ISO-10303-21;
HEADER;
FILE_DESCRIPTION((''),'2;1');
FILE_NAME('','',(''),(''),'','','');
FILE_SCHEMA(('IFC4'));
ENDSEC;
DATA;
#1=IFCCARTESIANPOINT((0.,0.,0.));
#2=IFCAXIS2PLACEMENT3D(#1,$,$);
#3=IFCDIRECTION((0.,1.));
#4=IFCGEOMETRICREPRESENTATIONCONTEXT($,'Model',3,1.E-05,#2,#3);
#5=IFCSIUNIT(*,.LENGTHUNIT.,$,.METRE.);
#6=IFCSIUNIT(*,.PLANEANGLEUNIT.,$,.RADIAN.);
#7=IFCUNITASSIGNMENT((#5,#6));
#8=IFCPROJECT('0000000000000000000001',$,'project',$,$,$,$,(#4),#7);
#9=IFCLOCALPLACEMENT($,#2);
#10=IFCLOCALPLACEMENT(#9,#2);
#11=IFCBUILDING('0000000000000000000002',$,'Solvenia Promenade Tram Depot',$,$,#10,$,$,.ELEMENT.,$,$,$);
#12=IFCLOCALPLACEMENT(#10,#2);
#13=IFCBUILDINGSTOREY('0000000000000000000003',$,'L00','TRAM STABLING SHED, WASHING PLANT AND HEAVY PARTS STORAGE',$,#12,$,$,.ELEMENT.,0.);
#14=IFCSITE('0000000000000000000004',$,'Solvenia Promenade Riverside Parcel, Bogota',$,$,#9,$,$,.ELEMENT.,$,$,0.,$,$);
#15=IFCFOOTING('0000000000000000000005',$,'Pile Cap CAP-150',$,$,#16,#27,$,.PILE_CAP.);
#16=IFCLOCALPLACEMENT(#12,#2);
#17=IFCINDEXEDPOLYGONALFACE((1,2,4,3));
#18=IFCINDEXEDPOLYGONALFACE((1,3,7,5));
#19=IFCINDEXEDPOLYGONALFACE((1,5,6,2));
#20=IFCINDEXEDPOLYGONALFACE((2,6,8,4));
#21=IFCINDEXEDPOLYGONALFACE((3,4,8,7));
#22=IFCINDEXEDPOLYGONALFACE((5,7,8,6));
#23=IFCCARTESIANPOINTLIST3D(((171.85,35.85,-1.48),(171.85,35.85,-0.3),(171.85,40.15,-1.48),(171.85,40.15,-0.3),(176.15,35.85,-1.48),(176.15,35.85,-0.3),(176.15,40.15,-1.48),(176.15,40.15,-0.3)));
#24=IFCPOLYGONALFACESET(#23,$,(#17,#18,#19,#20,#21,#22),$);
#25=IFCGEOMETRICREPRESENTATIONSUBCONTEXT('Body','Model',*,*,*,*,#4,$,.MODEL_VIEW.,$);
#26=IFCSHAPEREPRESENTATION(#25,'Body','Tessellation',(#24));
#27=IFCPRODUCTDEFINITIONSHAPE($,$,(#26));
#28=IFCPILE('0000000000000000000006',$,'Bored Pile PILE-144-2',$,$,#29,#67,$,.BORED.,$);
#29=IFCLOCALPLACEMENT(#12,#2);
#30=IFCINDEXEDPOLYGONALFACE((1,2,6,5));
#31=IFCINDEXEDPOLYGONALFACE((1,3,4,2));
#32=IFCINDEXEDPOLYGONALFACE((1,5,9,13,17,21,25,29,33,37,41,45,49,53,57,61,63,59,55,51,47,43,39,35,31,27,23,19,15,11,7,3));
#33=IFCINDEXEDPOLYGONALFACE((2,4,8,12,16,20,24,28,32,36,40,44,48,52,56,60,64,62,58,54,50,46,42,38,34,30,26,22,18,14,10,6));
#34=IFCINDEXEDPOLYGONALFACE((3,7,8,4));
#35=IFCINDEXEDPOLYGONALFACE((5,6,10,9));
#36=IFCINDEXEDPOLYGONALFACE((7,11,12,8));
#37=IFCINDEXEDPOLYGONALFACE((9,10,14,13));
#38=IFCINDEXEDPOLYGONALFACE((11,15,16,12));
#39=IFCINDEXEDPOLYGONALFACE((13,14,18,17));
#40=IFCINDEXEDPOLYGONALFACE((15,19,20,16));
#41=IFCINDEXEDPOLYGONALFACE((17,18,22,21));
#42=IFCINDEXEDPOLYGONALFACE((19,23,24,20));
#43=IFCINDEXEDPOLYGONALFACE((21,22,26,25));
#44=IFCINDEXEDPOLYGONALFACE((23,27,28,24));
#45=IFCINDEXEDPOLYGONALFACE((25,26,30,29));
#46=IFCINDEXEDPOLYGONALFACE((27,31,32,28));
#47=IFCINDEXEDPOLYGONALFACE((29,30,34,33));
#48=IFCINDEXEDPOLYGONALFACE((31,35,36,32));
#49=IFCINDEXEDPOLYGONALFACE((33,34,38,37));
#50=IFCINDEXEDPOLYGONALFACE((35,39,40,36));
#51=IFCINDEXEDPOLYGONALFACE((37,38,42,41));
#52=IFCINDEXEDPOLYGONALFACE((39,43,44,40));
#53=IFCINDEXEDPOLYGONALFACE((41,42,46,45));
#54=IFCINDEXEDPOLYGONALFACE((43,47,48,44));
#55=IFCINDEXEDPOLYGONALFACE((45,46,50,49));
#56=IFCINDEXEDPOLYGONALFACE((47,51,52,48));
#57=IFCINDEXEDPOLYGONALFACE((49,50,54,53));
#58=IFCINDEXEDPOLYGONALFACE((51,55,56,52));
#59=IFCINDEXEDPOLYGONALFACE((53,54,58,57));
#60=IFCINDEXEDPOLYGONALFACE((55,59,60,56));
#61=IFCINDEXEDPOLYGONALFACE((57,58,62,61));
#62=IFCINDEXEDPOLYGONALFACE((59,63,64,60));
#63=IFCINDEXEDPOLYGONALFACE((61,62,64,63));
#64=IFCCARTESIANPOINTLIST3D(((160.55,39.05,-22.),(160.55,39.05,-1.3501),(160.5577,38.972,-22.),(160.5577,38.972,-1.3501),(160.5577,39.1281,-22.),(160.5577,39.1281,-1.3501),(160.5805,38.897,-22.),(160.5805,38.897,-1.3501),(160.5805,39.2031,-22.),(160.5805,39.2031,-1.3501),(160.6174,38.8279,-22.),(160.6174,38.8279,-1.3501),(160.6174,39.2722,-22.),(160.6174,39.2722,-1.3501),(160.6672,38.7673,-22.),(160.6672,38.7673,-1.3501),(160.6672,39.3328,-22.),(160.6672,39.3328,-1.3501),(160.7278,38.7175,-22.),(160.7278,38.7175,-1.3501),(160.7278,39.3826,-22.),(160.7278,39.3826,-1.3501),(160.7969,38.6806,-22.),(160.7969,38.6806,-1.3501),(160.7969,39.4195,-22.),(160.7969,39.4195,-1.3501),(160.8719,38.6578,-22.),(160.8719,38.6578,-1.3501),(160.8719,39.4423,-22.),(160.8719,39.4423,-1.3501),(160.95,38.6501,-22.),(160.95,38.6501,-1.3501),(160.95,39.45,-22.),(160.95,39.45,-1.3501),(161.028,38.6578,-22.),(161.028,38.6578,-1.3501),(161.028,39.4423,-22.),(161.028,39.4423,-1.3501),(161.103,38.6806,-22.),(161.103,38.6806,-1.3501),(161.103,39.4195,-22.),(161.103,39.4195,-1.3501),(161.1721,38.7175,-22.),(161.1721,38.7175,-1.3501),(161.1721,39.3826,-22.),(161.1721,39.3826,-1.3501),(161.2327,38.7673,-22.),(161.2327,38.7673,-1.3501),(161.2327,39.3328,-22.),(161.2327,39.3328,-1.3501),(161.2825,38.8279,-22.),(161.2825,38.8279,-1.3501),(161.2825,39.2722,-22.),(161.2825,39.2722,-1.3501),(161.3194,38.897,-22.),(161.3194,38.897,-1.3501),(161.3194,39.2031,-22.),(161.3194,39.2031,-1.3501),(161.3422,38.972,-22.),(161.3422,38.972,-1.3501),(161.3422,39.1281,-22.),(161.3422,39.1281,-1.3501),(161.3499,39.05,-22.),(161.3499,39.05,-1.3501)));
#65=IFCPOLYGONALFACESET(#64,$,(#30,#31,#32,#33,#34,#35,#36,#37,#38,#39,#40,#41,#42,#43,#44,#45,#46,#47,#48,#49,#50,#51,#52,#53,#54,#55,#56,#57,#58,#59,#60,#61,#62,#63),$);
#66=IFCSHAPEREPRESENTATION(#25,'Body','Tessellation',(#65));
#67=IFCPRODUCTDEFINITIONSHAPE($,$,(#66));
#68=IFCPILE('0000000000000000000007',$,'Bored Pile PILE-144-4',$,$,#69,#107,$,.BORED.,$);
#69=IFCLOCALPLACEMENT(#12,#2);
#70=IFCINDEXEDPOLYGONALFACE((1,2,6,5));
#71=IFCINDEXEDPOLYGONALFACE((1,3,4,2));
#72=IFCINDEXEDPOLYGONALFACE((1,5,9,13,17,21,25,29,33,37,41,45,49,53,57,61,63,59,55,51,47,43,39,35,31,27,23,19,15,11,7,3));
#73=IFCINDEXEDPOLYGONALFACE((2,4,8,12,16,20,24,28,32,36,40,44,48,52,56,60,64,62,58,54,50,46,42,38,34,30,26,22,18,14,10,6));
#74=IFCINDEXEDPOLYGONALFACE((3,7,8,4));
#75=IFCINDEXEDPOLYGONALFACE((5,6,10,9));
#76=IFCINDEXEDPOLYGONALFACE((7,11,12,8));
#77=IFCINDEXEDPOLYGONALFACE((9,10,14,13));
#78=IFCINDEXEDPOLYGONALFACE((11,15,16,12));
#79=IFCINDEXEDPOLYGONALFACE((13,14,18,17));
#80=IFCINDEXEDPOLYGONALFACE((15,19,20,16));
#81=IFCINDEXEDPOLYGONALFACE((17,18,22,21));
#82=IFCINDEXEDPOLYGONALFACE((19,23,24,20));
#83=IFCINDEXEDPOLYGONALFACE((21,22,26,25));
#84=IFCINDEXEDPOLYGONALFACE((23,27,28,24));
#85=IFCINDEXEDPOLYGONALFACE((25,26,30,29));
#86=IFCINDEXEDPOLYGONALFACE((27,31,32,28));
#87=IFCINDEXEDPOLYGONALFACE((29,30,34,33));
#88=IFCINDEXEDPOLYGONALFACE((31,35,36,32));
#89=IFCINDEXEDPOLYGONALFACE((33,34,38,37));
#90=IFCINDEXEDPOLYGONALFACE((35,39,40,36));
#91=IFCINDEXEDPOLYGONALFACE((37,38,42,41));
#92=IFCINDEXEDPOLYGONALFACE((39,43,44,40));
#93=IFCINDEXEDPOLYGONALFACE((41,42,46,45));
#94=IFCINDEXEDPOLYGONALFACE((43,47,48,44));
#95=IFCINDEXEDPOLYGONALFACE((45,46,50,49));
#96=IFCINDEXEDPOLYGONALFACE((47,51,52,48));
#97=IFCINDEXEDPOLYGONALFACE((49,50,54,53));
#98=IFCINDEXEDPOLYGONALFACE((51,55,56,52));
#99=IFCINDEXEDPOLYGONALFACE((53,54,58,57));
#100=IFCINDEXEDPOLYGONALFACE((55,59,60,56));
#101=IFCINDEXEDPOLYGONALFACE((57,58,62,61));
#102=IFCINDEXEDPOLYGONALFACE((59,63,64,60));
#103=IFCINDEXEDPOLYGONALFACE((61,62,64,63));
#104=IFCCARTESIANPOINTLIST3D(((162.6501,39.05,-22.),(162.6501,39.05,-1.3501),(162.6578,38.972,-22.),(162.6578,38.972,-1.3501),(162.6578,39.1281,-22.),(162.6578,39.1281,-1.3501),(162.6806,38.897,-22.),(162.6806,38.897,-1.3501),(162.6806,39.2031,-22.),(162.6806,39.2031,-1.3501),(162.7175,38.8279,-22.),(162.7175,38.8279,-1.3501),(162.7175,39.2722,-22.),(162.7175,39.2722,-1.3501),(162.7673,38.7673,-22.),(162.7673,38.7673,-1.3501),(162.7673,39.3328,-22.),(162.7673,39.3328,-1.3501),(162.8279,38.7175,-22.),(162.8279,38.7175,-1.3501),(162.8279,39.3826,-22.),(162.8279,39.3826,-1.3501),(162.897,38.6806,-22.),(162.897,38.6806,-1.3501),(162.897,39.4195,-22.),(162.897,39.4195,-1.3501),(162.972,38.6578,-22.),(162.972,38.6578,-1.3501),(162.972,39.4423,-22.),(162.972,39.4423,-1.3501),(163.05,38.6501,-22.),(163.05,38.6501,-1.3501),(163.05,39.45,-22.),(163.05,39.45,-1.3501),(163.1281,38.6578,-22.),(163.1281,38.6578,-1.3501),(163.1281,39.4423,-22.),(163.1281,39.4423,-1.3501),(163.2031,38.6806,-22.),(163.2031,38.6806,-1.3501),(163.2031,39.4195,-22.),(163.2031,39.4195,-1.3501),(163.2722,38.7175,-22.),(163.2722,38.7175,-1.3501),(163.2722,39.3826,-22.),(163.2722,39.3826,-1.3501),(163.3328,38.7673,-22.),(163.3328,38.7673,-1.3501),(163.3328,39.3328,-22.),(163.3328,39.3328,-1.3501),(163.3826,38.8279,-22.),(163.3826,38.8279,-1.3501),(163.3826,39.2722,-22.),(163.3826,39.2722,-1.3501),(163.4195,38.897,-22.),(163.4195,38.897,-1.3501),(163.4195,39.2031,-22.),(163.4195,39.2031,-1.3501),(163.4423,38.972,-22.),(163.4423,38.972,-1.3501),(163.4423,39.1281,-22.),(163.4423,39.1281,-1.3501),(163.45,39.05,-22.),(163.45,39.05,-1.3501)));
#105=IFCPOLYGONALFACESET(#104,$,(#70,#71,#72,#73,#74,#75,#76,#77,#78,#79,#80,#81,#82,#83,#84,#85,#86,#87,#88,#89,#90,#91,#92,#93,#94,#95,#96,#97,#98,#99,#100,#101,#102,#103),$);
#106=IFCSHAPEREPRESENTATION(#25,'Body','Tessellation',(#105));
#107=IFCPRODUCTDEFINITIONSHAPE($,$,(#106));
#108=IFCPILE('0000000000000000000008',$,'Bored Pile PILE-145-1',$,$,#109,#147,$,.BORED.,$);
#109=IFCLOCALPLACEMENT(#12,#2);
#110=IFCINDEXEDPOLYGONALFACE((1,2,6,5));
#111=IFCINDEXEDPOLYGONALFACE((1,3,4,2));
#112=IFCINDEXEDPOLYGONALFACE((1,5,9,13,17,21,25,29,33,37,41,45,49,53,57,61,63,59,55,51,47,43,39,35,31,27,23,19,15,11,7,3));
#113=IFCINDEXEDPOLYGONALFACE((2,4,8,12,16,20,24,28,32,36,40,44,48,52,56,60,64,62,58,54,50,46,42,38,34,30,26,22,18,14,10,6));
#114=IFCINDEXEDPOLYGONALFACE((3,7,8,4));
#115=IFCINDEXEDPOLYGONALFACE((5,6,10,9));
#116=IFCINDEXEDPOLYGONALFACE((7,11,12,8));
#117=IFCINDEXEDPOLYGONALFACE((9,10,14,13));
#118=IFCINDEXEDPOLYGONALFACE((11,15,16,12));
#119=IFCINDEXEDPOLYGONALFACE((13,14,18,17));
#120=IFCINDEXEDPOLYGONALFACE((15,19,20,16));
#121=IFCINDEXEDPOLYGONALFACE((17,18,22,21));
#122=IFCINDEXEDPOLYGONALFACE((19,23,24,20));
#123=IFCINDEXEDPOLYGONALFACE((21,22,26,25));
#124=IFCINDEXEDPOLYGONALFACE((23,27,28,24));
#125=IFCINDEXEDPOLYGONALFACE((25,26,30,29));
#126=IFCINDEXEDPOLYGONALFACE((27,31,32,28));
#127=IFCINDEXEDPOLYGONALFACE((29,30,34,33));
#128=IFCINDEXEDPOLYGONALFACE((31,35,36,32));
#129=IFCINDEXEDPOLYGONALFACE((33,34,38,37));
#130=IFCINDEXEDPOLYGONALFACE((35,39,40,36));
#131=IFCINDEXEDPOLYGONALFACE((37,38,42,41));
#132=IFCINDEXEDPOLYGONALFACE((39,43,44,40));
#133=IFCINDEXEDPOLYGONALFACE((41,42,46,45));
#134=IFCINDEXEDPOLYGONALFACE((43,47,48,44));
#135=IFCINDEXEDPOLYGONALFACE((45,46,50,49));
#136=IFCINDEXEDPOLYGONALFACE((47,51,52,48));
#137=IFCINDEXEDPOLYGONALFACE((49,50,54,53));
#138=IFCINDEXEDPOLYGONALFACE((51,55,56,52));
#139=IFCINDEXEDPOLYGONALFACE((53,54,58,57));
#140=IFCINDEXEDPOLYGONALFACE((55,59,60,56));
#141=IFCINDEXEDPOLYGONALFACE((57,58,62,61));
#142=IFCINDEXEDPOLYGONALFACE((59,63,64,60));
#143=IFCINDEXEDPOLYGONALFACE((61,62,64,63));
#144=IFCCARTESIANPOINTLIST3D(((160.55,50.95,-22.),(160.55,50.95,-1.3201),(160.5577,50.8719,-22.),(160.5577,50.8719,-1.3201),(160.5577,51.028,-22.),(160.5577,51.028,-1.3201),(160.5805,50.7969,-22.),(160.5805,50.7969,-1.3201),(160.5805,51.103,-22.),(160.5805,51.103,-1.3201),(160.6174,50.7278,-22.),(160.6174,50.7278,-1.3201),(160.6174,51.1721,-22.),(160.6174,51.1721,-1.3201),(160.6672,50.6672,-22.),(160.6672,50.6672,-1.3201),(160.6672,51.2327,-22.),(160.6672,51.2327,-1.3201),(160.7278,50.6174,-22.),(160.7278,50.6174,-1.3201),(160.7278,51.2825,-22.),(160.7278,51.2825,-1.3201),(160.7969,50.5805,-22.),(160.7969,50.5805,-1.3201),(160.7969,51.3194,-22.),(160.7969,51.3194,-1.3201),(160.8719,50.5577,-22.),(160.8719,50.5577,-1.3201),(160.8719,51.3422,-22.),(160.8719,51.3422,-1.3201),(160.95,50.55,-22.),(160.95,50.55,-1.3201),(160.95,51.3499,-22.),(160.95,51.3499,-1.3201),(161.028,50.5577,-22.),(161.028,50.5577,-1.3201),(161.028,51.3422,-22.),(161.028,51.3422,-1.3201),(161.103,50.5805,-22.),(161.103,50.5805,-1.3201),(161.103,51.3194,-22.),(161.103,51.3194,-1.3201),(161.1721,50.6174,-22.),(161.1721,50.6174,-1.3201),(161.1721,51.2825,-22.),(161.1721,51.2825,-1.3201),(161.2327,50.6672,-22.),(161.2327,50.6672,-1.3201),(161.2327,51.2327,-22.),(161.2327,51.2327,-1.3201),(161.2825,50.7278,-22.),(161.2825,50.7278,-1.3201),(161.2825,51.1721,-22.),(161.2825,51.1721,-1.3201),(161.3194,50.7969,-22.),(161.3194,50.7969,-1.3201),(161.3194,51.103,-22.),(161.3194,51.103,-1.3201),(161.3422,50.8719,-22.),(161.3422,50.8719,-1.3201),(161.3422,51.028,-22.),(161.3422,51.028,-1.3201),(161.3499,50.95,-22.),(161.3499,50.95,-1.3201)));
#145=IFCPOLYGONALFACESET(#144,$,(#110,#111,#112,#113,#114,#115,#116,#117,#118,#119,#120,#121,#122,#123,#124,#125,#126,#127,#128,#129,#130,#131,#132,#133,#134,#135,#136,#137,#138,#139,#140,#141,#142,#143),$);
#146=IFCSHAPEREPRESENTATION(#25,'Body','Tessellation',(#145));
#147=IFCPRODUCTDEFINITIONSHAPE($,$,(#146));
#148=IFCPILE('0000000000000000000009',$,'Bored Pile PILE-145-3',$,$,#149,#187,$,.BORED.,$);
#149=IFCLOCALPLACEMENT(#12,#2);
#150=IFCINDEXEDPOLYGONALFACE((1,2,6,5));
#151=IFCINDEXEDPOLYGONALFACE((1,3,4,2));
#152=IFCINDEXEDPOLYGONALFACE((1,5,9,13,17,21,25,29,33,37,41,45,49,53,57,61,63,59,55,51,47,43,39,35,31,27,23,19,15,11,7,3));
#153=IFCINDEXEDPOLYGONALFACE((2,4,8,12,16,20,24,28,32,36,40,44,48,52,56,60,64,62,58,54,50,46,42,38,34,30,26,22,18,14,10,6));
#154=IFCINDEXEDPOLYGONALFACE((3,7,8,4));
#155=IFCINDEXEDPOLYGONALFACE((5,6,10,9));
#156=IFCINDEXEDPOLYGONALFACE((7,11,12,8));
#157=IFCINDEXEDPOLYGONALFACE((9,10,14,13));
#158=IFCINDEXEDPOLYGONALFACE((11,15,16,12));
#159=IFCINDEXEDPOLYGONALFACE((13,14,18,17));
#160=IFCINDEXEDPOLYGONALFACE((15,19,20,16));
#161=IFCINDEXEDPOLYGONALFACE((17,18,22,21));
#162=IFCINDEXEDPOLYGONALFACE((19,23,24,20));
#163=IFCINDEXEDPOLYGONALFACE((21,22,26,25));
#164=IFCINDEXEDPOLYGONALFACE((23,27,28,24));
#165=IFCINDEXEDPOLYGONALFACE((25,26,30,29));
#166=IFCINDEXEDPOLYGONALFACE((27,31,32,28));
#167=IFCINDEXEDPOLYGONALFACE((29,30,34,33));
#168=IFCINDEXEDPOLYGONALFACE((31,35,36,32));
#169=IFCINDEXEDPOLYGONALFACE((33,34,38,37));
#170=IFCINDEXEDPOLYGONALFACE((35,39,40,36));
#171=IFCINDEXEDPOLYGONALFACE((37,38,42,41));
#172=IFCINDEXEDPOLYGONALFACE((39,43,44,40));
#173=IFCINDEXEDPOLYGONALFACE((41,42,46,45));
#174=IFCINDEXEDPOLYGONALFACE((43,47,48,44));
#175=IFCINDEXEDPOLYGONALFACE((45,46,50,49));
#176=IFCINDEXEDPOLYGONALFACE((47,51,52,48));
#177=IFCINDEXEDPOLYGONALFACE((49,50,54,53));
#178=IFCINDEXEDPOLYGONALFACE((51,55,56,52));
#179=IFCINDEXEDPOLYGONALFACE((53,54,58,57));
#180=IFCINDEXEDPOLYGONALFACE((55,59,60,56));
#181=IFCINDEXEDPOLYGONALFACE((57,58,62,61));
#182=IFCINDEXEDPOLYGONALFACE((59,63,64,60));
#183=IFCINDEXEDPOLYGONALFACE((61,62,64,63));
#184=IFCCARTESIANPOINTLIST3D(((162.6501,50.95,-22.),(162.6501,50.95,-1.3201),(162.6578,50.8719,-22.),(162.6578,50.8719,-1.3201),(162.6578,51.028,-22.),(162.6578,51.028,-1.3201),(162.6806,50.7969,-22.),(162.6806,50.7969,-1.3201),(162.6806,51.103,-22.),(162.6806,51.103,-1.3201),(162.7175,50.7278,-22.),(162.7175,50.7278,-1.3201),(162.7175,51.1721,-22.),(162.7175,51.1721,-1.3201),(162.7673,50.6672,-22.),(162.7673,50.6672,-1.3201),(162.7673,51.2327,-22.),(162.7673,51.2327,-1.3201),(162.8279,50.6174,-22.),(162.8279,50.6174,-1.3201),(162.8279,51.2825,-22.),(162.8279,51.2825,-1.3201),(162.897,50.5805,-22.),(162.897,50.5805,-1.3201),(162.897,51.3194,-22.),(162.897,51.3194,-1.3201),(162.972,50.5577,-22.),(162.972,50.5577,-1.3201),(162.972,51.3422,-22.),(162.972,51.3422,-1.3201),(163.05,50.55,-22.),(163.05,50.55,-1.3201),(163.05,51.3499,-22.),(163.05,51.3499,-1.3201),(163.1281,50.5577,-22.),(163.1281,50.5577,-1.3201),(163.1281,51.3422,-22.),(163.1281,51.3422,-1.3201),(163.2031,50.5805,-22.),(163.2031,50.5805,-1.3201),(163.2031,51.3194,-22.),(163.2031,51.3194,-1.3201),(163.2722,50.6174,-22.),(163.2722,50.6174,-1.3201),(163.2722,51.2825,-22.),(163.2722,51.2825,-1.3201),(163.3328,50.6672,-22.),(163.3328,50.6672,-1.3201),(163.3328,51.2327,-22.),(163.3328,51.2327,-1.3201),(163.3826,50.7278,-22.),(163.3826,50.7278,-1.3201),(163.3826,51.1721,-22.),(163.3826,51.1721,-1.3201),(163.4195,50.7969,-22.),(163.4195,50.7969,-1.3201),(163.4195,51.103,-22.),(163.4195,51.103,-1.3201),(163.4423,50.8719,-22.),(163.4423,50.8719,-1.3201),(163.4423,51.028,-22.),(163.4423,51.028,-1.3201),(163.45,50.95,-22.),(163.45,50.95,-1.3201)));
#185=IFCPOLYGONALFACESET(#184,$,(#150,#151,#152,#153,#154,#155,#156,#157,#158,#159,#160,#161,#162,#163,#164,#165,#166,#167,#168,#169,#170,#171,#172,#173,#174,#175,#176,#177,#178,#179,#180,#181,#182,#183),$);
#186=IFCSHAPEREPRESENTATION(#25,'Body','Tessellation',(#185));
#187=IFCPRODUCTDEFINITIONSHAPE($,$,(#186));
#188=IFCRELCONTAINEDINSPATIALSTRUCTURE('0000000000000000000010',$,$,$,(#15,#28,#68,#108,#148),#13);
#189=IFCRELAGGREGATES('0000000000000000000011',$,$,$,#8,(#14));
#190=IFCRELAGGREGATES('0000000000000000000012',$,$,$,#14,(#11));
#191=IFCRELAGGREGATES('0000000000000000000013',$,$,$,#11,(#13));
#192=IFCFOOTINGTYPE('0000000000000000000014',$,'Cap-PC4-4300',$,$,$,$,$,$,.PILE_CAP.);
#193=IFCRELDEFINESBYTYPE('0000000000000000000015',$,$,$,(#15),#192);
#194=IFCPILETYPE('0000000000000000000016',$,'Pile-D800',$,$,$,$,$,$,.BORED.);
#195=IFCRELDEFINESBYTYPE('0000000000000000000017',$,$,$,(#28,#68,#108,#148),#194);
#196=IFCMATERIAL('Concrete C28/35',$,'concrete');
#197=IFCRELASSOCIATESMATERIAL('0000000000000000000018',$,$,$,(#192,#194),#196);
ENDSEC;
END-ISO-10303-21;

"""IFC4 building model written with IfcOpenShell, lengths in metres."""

from ifc_helpers import new_model, si_unit, direction, frame, origin, origin_2d, place, context, subcontext, project, spatial, rectangle, circle, extrude, material, material_profile, profile_set, type_object, element, save


model = new_model("IFC4")

# Units and contexts
model_context = context("Model", 3, precision=1e-05, world=origin(), true_north=direction((0.0, 1.0)))
body_context = subcontext(model_context, "Body", "Model", "MODEL_VIEW")
ifc_project = project(units=[si_unit("LENGTHUNIT", "METRE"), si_unit("PLANEANGLEUNIT", "RADIAN")], contexts=[model_context])

# Site, building, storey
site_placement = place(None, origin())
site = spatial("IfcSite", under=ifc_project, at=site_placement, Name="Solvenia Promenade Riverside Parcel, Bogota", CompositionType="ELEMENT", RefElevation=0.0)
building_placement = place(site_placement, origin())
building = spatial("IfcBuilding", under=site, at=building_placement, Name="Solvenia Promenade Tram Depot", CompositionType="ELEMENT")
storey_placement = place(building_placement, origin())
storey = spatial("IfcBuildingStorey", under=building, at=storey_placement, Name="L00", Description="TRAM STABLING SHED, WASHING PLANT AND HEAVY PARTS STORAGE", CompositionType="ELEMENT", Elevation=0.0)

# Footing
ifc_material_1 = material(Name="Concrete C28/35", Category="concrete")
footing_type_1 = type_object("IfcFootingType", Name="Cap-PC4-4300", PredefinedType="PILE_CAP", material=ifc_material_1)
footing_1_placement = place(storey_placement, frame((174.0, 38.0, -1.48), z_axis=(0.0, 0.0, 1.0), x_axis=(1.0, 0.0, 0.0)))
element("IfcFooting", 1, at=footing_1_placement, inside=storey, type_object=footing_type_1, Name="Pile Cap CAP-150", PredefinedType="PILE_CAP", context=body_context, shape_type="SweptSolid", body=[
    extrude(rectangle(XDim=4.3, YDim=4.3, at=origin_2d()), origin(), (0.0, 0.0, 1.0), 1.1799),
])

# Piles
ifc_material_profile_1 = material_profile(ifc_material_1, circle(Radius=0.3999, at=origin_2d()), Name="D800", Category="concrete")
ifc_profile_set_1 = profile_set([ifc_material_profile_1], Name="Concrete C28/35")
pile_type = type_object("IfcPileType", Name="Pile-D800", PredefinedType="BORED", material=ifc_profile_set_1)
for number, where, z_axis, x_axis, name in (
    (2, (160.95, 39.05, -1.3501), (0.0, 0.0, -1.0), (1.0, 0.0, 0.0), "Bored Pile PILE-144-2"),
    (3, (163.05, 39.05, -1.3501), (0.0, 0.0, -1.0), (1.0, 0.0, 0.0), "Bored Pile PILE-144-4"),
):
    element("IfcPile", number, at=place(storey_placement, frame(where, z_axis=z_axis, x_axis=x_axis)), inside=storey, type_object=pile_type, Name=name, PredefinedType="BORED", context=body_context, shape_type="SweptSolid", body=[
        extrude(circle(Radius=0.3999, at=origin_2d()), origin(), (0.0, 0.0, 1.0), 20.6499),
    ])
for number, where, z_axis, x_axis, name in (
    (4, (160.95, 50.95, -1.3201), (0.0, 0.0, -1.0), (1.0, 0.0, 0.0), "Bored Pile PILE-145-1"),
    (5, (163.05, 50.95, -1.3201), (0.0, 0.0, -1.0), (1.0, 0.0, 0.0), "Bored Pile PILE-145-3"),
):
    element("IfcPile", number, at=place(storey_placement, frame(where, z_axis=z_axis, x_axis=x_axis)), inside=storey, type_object=pile_type, Name=name, PredefinedType="BORED", context=body_context, shape_type="SweptSolid", body=[
        extrude(circle(Radius=0.3999, at=origin_2d()), origin(), (0.0, 0.0, 1.0), 20.6799),
    ])

save(model, "model.ifc")
